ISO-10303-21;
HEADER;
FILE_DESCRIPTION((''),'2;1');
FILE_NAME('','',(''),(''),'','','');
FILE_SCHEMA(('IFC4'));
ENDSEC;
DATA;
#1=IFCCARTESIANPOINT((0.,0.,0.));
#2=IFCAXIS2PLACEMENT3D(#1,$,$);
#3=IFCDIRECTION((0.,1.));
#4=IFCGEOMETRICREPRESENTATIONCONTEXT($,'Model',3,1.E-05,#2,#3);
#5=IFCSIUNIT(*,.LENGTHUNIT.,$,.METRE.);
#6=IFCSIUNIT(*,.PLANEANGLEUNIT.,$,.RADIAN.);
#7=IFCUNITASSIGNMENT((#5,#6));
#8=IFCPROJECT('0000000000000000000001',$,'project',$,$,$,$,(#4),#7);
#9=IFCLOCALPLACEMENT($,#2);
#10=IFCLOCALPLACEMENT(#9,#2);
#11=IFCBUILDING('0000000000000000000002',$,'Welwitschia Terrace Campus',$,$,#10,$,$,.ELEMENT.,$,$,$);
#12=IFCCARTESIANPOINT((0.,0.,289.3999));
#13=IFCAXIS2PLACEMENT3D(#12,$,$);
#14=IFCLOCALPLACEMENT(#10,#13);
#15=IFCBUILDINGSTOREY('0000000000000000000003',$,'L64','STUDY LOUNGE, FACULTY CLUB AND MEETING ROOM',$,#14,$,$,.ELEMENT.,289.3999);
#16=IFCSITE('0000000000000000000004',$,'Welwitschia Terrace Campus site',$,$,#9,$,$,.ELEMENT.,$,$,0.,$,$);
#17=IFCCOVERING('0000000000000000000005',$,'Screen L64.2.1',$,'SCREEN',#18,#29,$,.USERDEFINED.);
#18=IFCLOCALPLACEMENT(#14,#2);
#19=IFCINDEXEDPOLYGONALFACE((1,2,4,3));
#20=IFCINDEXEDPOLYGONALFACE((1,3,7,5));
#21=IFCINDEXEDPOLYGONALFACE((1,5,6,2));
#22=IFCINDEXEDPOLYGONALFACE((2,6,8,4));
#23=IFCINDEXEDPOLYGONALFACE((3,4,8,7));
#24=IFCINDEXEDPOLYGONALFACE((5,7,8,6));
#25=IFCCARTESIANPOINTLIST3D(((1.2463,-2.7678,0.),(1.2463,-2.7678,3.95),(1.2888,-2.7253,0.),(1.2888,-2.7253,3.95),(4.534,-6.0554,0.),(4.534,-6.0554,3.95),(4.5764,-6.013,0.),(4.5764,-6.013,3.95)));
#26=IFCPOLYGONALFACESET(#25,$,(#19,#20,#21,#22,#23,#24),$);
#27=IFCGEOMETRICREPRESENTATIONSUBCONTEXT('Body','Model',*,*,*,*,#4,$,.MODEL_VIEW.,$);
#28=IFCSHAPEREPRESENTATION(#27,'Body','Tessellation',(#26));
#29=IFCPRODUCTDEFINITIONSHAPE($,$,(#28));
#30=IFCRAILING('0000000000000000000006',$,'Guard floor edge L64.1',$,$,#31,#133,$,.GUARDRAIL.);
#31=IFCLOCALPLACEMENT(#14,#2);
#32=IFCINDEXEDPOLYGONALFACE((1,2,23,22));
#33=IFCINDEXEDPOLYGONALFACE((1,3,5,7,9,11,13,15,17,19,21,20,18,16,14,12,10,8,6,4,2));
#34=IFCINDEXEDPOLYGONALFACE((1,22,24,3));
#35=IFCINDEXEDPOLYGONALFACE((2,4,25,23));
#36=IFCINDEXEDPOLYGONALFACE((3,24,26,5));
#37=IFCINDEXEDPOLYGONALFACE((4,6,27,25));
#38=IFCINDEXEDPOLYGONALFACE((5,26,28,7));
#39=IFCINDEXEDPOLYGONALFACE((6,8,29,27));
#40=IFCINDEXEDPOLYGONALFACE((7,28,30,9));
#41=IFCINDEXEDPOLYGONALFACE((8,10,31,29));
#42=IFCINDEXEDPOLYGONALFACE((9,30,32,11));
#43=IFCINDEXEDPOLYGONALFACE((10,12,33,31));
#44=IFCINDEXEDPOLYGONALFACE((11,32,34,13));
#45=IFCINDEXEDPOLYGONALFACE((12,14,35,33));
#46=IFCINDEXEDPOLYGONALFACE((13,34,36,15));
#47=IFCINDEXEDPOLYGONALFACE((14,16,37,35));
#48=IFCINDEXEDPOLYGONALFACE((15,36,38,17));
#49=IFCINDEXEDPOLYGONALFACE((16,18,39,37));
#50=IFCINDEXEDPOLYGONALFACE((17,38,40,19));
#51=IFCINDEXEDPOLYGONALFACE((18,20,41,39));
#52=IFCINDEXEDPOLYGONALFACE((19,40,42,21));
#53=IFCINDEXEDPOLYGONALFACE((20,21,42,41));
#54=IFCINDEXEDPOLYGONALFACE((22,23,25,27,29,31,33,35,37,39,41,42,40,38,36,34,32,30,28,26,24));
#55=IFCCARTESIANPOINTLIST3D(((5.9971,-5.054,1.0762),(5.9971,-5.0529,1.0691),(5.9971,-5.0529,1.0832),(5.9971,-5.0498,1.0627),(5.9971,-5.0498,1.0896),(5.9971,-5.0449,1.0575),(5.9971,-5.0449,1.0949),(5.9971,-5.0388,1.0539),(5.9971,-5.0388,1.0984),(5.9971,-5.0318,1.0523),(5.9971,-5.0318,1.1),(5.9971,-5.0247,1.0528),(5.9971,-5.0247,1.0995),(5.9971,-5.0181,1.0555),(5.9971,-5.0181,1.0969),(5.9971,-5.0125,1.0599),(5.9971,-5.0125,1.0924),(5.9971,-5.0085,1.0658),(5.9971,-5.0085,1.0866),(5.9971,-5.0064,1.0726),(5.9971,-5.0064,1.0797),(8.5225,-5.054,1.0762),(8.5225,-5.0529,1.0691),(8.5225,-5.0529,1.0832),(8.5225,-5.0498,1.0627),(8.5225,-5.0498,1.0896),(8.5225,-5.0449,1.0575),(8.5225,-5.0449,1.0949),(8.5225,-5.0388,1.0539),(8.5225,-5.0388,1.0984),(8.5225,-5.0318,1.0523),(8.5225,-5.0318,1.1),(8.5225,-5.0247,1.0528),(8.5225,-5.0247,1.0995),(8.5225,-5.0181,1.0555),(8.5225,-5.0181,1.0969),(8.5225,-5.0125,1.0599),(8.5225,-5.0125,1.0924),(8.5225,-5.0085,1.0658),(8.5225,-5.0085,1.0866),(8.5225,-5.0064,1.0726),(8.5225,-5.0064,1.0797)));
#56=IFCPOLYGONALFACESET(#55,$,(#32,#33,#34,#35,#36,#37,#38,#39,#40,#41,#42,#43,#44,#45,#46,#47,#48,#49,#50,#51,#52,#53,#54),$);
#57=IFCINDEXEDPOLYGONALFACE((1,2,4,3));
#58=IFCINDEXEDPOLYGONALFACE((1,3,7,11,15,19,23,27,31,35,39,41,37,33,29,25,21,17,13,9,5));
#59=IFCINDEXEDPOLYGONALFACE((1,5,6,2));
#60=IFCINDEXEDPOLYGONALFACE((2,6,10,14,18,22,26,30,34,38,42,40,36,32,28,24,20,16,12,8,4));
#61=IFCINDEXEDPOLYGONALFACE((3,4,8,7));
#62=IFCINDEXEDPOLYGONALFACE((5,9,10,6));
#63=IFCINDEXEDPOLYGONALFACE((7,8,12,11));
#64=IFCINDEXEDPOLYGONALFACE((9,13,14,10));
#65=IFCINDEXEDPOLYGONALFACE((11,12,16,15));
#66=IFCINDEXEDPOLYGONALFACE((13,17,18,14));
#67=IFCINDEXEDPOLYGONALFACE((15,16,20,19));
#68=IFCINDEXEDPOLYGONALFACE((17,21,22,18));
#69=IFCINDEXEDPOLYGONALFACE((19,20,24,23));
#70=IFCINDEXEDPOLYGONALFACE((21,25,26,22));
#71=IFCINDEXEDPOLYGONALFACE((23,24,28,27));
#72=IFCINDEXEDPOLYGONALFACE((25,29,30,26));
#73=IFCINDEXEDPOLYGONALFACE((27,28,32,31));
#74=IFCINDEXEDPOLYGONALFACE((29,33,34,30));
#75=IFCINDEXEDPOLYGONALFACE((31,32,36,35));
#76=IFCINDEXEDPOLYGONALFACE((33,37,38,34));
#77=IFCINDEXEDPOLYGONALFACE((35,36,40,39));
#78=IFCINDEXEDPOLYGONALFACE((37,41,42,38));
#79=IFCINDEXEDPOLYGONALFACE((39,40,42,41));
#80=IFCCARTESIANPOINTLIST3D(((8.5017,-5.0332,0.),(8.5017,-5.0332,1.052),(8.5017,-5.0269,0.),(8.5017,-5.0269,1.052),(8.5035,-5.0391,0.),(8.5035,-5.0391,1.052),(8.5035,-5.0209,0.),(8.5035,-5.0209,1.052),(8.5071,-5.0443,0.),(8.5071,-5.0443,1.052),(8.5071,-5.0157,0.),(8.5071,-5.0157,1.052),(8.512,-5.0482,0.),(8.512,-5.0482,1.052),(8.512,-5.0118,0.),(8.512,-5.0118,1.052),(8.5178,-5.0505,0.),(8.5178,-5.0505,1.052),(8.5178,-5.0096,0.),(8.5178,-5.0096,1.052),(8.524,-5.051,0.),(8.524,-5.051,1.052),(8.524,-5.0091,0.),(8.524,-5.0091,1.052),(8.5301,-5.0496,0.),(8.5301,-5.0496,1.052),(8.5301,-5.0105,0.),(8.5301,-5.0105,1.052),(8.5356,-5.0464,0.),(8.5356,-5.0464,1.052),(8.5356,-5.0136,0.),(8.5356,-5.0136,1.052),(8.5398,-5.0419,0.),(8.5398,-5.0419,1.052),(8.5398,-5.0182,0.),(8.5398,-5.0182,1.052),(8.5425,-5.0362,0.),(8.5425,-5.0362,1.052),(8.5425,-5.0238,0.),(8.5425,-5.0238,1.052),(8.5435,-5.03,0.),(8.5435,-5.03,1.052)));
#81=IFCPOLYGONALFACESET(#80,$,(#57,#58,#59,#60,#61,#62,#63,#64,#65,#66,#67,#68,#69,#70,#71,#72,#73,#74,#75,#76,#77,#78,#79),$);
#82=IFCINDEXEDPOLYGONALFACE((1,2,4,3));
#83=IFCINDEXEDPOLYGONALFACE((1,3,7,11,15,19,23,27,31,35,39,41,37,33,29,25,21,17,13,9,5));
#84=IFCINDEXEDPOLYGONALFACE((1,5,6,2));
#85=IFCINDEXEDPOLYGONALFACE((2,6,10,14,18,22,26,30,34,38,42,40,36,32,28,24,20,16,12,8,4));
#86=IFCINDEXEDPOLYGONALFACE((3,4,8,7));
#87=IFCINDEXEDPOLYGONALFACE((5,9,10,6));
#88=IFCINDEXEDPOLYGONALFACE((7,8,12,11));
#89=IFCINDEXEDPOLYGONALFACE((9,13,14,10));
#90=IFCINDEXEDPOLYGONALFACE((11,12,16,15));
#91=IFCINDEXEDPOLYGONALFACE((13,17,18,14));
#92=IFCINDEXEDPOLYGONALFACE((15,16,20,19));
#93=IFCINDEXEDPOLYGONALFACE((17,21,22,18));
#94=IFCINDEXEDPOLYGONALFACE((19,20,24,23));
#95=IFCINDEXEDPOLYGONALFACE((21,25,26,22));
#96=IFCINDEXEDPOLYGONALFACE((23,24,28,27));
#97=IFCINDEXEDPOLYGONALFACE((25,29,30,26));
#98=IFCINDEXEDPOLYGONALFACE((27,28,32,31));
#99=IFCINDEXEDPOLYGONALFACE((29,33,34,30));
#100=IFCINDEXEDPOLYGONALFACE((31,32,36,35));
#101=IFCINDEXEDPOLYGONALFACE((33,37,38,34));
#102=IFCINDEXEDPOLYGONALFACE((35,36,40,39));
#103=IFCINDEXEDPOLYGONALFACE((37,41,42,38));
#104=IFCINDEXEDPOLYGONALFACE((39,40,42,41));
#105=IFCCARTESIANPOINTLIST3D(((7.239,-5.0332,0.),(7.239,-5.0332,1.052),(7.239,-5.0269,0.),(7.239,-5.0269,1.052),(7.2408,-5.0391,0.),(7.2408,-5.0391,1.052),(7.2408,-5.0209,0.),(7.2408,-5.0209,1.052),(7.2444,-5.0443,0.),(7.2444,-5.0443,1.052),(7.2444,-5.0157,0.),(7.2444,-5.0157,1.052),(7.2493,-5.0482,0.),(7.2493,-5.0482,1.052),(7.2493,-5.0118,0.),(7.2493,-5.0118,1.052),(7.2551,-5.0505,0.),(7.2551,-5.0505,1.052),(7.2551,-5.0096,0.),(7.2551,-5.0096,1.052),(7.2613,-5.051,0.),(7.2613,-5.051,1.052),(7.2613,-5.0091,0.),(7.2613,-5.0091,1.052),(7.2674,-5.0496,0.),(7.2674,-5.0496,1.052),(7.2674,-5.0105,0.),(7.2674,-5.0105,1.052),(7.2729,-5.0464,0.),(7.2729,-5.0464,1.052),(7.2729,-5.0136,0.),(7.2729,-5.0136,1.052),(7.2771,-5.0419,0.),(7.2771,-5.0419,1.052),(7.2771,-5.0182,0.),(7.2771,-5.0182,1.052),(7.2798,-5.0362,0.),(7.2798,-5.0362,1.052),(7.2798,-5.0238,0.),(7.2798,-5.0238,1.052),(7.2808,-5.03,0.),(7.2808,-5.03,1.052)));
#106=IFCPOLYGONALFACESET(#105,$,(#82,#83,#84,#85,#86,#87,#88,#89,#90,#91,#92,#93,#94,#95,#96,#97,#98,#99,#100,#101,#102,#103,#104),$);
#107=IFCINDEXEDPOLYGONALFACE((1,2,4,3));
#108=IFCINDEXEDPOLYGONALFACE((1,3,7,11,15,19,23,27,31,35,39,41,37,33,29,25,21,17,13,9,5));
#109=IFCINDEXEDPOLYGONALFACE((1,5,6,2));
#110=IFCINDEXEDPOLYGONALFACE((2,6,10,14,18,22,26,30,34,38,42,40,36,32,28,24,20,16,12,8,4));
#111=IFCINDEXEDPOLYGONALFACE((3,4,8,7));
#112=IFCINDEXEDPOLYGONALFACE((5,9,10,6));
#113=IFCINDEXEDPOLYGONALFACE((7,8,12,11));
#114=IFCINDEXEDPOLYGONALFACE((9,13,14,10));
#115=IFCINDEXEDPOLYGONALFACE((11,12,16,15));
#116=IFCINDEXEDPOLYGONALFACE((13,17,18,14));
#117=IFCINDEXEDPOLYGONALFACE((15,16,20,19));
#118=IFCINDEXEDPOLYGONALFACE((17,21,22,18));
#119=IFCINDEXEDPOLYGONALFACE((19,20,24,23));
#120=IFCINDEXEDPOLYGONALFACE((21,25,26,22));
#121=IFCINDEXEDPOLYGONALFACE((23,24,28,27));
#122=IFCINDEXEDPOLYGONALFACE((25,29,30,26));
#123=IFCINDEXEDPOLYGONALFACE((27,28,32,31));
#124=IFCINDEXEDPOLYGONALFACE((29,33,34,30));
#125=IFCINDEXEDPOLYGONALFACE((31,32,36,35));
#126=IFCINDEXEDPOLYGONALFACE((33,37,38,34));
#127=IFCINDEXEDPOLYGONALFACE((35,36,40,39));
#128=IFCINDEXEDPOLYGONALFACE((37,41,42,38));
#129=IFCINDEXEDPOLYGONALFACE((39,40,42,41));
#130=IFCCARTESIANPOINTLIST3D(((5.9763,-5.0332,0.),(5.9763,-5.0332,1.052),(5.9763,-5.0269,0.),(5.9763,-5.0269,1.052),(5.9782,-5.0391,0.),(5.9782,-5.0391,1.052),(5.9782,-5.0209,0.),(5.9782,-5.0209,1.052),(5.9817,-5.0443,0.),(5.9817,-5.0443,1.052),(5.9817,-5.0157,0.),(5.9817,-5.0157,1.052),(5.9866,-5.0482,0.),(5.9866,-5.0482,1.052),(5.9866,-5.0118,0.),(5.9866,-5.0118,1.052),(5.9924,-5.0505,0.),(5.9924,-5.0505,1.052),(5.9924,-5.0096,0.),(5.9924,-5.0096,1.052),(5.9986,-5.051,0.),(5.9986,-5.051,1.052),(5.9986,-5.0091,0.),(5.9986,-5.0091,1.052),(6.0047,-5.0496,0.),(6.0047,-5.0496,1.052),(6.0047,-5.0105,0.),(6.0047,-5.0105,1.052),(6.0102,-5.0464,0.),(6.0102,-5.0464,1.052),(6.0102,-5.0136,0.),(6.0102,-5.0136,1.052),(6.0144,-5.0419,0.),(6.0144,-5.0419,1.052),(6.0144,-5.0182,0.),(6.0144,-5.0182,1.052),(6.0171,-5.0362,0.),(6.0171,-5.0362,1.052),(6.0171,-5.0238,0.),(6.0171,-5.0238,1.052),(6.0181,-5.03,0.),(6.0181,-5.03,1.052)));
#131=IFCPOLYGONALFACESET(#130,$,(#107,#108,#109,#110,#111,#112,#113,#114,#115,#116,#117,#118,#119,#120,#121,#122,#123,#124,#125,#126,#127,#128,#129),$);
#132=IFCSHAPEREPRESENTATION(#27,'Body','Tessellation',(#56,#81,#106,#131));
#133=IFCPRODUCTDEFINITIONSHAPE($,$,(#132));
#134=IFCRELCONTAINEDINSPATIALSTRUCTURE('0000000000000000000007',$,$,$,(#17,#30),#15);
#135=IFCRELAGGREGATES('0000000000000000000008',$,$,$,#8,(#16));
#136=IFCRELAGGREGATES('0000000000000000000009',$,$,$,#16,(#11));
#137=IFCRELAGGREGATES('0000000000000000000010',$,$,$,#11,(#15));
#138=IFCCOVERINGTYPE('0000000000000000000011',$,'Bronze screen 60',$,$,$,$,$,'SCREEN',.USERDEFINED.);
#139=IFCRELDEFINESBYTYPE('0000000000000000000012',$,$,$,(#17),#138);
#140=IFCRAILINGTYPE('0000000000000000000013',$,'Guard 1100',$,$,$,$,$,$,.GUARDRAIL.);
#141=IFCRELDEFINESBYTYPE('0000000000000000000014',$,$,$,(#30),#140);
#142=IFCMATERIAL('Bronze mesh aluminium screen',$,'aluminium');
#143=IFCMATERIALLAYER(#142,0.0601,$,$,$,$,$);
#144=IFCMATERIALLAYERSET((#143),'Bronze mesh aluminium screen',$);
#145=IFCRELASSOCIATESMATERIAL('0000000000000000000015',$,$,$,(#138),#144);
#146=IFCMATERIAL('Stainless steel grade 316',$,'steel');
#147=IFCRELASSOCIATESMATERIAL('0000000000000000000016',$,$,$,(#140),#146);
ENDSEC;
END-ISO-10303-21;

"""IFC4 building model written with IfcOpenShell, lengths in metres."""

from ifc_helpers import new_model, si_unit, direction, frame, origin, origin_2d, place, context, subcontext, project, spatial, rectangle, circle, extrude, material, layer, layer_set, type_object, element, save


model = new_model("IFC4")

# Units and contexts
model_context = context("Model", 3, precision=1e-05, world=origin(), true_north=direction((0.0, 1.0)))
body_context = subcontext(model_context, "Body", "Model", "MODEL_VIEW")
ifc_project = project(units=[si_unit("LENGTHUNIT", "METRE"), si_unit("PLANEANGLEUNIT", "RADIAN")], contexts=[model_context])

# Site, building, storey
site_placement = place(None, origin())
site = spatial("IfcSite", under=ifc_project, at=site_placement, Name="Welwitschia Terrace Campus site", CompositionType="ELEMENT", RefElevation=0.0)
building_placement = place(site_placement, origin())
building = spatial("IfcBuilding", under=site, at=building_placement, Name="Welwitschia Terrace Campus", CompositionType="ELEMENT")
storey_placement = place(building_placement, frame((0.0, 0.0, 289.3999)))
storey = spatial("IfcBuildingStorey", under=building, at=storey_placement, Name="L64", Description="STUDY LOUNGE, FACULTY CLUB AND MEETING ROOM", CompositionType="ELEMENT", Elevation=289.3999)

# Covering
ifc_material_1 = material(Name="Bronze mesh aluminium screen", Category="aluminium")
ifc_layer_1 = layer(ifc_material_1, 0.0601)
ifc_layer_set_1 = layer_set([ifc_layer_1], Name="Bronze mesh aluminium screen")
covering_type = type_object("IfcCoveringType", Name="Bronze screen 60", ElementType="SCREEN", PredefinedType="USERDEFINED", material=ifc_layer_set_1)
covering_placement = place(storey_placement, frame((2.9114, -4.3904, 0.0), z_axis=(0.0, 0.0, 1.0), x_axis=(0.707107, -0.707107, 0.0)))
element("IfcCovering", 1, at=covering_placement, inside=storey, type_object=covering_type, Name="Screen L64.2.1", ObjectType="SCREEN", PredefinedType="USERDEFINED", context=body_context, shape_type="SweptSolid", body=[
    extrude(rectangle(XDim=4.6494, YDim=0.0601, at=origin_2d()), origin(), (0.0, 0.0, 1.0), 3.95),
])

# Railing
ifc_material_2 = material(Name="Stainless steel grade 316", Category="steel")
railing_type_1 = type_object("IfcRailingType", Name="Guard 1100", PredefinedType="GUARDRAIL", material=ifc_material_2)
railing_1_placement = place(storey_placement, frame((8.5225, -5.03, 0.0)))
element("IfcRailing", 2, at=railing_1_placement, inside=storey, type_object=railing_type_1, Name="Guard floor edge L64.1", PredefinedType="GUARDRAIL", context=body_context, shape_type="SweptSolid", body=[
    extrude(circle(Radius=0.0239, at=origin_2d()), frame((0.0, 0.0, 1.0762), z_axis=(-1.0, 0.0, 0.0), x_axis=(0.0, -1.0, 0.0)), (0.0, 0.0, 1.0), 2.5254),
    extrude(circle(Radius=0.021, at=origin_2d()), origin(), (0.0, 0.0, 1.0), 1.052),
    extrude(circle(Radius=0.021, at=origin_2d()), frame((-1.2627, 0.0, 0.0)), (0.0, 0.0, 1.0), 1.052),
    extrude(circle(Radius=0.021, at=origin_2d()), frame((-2.5254, 0.0, 0.0)), (0.0, 0.0, 1.0), 1.052),
])

save(model, "model.ifc")
